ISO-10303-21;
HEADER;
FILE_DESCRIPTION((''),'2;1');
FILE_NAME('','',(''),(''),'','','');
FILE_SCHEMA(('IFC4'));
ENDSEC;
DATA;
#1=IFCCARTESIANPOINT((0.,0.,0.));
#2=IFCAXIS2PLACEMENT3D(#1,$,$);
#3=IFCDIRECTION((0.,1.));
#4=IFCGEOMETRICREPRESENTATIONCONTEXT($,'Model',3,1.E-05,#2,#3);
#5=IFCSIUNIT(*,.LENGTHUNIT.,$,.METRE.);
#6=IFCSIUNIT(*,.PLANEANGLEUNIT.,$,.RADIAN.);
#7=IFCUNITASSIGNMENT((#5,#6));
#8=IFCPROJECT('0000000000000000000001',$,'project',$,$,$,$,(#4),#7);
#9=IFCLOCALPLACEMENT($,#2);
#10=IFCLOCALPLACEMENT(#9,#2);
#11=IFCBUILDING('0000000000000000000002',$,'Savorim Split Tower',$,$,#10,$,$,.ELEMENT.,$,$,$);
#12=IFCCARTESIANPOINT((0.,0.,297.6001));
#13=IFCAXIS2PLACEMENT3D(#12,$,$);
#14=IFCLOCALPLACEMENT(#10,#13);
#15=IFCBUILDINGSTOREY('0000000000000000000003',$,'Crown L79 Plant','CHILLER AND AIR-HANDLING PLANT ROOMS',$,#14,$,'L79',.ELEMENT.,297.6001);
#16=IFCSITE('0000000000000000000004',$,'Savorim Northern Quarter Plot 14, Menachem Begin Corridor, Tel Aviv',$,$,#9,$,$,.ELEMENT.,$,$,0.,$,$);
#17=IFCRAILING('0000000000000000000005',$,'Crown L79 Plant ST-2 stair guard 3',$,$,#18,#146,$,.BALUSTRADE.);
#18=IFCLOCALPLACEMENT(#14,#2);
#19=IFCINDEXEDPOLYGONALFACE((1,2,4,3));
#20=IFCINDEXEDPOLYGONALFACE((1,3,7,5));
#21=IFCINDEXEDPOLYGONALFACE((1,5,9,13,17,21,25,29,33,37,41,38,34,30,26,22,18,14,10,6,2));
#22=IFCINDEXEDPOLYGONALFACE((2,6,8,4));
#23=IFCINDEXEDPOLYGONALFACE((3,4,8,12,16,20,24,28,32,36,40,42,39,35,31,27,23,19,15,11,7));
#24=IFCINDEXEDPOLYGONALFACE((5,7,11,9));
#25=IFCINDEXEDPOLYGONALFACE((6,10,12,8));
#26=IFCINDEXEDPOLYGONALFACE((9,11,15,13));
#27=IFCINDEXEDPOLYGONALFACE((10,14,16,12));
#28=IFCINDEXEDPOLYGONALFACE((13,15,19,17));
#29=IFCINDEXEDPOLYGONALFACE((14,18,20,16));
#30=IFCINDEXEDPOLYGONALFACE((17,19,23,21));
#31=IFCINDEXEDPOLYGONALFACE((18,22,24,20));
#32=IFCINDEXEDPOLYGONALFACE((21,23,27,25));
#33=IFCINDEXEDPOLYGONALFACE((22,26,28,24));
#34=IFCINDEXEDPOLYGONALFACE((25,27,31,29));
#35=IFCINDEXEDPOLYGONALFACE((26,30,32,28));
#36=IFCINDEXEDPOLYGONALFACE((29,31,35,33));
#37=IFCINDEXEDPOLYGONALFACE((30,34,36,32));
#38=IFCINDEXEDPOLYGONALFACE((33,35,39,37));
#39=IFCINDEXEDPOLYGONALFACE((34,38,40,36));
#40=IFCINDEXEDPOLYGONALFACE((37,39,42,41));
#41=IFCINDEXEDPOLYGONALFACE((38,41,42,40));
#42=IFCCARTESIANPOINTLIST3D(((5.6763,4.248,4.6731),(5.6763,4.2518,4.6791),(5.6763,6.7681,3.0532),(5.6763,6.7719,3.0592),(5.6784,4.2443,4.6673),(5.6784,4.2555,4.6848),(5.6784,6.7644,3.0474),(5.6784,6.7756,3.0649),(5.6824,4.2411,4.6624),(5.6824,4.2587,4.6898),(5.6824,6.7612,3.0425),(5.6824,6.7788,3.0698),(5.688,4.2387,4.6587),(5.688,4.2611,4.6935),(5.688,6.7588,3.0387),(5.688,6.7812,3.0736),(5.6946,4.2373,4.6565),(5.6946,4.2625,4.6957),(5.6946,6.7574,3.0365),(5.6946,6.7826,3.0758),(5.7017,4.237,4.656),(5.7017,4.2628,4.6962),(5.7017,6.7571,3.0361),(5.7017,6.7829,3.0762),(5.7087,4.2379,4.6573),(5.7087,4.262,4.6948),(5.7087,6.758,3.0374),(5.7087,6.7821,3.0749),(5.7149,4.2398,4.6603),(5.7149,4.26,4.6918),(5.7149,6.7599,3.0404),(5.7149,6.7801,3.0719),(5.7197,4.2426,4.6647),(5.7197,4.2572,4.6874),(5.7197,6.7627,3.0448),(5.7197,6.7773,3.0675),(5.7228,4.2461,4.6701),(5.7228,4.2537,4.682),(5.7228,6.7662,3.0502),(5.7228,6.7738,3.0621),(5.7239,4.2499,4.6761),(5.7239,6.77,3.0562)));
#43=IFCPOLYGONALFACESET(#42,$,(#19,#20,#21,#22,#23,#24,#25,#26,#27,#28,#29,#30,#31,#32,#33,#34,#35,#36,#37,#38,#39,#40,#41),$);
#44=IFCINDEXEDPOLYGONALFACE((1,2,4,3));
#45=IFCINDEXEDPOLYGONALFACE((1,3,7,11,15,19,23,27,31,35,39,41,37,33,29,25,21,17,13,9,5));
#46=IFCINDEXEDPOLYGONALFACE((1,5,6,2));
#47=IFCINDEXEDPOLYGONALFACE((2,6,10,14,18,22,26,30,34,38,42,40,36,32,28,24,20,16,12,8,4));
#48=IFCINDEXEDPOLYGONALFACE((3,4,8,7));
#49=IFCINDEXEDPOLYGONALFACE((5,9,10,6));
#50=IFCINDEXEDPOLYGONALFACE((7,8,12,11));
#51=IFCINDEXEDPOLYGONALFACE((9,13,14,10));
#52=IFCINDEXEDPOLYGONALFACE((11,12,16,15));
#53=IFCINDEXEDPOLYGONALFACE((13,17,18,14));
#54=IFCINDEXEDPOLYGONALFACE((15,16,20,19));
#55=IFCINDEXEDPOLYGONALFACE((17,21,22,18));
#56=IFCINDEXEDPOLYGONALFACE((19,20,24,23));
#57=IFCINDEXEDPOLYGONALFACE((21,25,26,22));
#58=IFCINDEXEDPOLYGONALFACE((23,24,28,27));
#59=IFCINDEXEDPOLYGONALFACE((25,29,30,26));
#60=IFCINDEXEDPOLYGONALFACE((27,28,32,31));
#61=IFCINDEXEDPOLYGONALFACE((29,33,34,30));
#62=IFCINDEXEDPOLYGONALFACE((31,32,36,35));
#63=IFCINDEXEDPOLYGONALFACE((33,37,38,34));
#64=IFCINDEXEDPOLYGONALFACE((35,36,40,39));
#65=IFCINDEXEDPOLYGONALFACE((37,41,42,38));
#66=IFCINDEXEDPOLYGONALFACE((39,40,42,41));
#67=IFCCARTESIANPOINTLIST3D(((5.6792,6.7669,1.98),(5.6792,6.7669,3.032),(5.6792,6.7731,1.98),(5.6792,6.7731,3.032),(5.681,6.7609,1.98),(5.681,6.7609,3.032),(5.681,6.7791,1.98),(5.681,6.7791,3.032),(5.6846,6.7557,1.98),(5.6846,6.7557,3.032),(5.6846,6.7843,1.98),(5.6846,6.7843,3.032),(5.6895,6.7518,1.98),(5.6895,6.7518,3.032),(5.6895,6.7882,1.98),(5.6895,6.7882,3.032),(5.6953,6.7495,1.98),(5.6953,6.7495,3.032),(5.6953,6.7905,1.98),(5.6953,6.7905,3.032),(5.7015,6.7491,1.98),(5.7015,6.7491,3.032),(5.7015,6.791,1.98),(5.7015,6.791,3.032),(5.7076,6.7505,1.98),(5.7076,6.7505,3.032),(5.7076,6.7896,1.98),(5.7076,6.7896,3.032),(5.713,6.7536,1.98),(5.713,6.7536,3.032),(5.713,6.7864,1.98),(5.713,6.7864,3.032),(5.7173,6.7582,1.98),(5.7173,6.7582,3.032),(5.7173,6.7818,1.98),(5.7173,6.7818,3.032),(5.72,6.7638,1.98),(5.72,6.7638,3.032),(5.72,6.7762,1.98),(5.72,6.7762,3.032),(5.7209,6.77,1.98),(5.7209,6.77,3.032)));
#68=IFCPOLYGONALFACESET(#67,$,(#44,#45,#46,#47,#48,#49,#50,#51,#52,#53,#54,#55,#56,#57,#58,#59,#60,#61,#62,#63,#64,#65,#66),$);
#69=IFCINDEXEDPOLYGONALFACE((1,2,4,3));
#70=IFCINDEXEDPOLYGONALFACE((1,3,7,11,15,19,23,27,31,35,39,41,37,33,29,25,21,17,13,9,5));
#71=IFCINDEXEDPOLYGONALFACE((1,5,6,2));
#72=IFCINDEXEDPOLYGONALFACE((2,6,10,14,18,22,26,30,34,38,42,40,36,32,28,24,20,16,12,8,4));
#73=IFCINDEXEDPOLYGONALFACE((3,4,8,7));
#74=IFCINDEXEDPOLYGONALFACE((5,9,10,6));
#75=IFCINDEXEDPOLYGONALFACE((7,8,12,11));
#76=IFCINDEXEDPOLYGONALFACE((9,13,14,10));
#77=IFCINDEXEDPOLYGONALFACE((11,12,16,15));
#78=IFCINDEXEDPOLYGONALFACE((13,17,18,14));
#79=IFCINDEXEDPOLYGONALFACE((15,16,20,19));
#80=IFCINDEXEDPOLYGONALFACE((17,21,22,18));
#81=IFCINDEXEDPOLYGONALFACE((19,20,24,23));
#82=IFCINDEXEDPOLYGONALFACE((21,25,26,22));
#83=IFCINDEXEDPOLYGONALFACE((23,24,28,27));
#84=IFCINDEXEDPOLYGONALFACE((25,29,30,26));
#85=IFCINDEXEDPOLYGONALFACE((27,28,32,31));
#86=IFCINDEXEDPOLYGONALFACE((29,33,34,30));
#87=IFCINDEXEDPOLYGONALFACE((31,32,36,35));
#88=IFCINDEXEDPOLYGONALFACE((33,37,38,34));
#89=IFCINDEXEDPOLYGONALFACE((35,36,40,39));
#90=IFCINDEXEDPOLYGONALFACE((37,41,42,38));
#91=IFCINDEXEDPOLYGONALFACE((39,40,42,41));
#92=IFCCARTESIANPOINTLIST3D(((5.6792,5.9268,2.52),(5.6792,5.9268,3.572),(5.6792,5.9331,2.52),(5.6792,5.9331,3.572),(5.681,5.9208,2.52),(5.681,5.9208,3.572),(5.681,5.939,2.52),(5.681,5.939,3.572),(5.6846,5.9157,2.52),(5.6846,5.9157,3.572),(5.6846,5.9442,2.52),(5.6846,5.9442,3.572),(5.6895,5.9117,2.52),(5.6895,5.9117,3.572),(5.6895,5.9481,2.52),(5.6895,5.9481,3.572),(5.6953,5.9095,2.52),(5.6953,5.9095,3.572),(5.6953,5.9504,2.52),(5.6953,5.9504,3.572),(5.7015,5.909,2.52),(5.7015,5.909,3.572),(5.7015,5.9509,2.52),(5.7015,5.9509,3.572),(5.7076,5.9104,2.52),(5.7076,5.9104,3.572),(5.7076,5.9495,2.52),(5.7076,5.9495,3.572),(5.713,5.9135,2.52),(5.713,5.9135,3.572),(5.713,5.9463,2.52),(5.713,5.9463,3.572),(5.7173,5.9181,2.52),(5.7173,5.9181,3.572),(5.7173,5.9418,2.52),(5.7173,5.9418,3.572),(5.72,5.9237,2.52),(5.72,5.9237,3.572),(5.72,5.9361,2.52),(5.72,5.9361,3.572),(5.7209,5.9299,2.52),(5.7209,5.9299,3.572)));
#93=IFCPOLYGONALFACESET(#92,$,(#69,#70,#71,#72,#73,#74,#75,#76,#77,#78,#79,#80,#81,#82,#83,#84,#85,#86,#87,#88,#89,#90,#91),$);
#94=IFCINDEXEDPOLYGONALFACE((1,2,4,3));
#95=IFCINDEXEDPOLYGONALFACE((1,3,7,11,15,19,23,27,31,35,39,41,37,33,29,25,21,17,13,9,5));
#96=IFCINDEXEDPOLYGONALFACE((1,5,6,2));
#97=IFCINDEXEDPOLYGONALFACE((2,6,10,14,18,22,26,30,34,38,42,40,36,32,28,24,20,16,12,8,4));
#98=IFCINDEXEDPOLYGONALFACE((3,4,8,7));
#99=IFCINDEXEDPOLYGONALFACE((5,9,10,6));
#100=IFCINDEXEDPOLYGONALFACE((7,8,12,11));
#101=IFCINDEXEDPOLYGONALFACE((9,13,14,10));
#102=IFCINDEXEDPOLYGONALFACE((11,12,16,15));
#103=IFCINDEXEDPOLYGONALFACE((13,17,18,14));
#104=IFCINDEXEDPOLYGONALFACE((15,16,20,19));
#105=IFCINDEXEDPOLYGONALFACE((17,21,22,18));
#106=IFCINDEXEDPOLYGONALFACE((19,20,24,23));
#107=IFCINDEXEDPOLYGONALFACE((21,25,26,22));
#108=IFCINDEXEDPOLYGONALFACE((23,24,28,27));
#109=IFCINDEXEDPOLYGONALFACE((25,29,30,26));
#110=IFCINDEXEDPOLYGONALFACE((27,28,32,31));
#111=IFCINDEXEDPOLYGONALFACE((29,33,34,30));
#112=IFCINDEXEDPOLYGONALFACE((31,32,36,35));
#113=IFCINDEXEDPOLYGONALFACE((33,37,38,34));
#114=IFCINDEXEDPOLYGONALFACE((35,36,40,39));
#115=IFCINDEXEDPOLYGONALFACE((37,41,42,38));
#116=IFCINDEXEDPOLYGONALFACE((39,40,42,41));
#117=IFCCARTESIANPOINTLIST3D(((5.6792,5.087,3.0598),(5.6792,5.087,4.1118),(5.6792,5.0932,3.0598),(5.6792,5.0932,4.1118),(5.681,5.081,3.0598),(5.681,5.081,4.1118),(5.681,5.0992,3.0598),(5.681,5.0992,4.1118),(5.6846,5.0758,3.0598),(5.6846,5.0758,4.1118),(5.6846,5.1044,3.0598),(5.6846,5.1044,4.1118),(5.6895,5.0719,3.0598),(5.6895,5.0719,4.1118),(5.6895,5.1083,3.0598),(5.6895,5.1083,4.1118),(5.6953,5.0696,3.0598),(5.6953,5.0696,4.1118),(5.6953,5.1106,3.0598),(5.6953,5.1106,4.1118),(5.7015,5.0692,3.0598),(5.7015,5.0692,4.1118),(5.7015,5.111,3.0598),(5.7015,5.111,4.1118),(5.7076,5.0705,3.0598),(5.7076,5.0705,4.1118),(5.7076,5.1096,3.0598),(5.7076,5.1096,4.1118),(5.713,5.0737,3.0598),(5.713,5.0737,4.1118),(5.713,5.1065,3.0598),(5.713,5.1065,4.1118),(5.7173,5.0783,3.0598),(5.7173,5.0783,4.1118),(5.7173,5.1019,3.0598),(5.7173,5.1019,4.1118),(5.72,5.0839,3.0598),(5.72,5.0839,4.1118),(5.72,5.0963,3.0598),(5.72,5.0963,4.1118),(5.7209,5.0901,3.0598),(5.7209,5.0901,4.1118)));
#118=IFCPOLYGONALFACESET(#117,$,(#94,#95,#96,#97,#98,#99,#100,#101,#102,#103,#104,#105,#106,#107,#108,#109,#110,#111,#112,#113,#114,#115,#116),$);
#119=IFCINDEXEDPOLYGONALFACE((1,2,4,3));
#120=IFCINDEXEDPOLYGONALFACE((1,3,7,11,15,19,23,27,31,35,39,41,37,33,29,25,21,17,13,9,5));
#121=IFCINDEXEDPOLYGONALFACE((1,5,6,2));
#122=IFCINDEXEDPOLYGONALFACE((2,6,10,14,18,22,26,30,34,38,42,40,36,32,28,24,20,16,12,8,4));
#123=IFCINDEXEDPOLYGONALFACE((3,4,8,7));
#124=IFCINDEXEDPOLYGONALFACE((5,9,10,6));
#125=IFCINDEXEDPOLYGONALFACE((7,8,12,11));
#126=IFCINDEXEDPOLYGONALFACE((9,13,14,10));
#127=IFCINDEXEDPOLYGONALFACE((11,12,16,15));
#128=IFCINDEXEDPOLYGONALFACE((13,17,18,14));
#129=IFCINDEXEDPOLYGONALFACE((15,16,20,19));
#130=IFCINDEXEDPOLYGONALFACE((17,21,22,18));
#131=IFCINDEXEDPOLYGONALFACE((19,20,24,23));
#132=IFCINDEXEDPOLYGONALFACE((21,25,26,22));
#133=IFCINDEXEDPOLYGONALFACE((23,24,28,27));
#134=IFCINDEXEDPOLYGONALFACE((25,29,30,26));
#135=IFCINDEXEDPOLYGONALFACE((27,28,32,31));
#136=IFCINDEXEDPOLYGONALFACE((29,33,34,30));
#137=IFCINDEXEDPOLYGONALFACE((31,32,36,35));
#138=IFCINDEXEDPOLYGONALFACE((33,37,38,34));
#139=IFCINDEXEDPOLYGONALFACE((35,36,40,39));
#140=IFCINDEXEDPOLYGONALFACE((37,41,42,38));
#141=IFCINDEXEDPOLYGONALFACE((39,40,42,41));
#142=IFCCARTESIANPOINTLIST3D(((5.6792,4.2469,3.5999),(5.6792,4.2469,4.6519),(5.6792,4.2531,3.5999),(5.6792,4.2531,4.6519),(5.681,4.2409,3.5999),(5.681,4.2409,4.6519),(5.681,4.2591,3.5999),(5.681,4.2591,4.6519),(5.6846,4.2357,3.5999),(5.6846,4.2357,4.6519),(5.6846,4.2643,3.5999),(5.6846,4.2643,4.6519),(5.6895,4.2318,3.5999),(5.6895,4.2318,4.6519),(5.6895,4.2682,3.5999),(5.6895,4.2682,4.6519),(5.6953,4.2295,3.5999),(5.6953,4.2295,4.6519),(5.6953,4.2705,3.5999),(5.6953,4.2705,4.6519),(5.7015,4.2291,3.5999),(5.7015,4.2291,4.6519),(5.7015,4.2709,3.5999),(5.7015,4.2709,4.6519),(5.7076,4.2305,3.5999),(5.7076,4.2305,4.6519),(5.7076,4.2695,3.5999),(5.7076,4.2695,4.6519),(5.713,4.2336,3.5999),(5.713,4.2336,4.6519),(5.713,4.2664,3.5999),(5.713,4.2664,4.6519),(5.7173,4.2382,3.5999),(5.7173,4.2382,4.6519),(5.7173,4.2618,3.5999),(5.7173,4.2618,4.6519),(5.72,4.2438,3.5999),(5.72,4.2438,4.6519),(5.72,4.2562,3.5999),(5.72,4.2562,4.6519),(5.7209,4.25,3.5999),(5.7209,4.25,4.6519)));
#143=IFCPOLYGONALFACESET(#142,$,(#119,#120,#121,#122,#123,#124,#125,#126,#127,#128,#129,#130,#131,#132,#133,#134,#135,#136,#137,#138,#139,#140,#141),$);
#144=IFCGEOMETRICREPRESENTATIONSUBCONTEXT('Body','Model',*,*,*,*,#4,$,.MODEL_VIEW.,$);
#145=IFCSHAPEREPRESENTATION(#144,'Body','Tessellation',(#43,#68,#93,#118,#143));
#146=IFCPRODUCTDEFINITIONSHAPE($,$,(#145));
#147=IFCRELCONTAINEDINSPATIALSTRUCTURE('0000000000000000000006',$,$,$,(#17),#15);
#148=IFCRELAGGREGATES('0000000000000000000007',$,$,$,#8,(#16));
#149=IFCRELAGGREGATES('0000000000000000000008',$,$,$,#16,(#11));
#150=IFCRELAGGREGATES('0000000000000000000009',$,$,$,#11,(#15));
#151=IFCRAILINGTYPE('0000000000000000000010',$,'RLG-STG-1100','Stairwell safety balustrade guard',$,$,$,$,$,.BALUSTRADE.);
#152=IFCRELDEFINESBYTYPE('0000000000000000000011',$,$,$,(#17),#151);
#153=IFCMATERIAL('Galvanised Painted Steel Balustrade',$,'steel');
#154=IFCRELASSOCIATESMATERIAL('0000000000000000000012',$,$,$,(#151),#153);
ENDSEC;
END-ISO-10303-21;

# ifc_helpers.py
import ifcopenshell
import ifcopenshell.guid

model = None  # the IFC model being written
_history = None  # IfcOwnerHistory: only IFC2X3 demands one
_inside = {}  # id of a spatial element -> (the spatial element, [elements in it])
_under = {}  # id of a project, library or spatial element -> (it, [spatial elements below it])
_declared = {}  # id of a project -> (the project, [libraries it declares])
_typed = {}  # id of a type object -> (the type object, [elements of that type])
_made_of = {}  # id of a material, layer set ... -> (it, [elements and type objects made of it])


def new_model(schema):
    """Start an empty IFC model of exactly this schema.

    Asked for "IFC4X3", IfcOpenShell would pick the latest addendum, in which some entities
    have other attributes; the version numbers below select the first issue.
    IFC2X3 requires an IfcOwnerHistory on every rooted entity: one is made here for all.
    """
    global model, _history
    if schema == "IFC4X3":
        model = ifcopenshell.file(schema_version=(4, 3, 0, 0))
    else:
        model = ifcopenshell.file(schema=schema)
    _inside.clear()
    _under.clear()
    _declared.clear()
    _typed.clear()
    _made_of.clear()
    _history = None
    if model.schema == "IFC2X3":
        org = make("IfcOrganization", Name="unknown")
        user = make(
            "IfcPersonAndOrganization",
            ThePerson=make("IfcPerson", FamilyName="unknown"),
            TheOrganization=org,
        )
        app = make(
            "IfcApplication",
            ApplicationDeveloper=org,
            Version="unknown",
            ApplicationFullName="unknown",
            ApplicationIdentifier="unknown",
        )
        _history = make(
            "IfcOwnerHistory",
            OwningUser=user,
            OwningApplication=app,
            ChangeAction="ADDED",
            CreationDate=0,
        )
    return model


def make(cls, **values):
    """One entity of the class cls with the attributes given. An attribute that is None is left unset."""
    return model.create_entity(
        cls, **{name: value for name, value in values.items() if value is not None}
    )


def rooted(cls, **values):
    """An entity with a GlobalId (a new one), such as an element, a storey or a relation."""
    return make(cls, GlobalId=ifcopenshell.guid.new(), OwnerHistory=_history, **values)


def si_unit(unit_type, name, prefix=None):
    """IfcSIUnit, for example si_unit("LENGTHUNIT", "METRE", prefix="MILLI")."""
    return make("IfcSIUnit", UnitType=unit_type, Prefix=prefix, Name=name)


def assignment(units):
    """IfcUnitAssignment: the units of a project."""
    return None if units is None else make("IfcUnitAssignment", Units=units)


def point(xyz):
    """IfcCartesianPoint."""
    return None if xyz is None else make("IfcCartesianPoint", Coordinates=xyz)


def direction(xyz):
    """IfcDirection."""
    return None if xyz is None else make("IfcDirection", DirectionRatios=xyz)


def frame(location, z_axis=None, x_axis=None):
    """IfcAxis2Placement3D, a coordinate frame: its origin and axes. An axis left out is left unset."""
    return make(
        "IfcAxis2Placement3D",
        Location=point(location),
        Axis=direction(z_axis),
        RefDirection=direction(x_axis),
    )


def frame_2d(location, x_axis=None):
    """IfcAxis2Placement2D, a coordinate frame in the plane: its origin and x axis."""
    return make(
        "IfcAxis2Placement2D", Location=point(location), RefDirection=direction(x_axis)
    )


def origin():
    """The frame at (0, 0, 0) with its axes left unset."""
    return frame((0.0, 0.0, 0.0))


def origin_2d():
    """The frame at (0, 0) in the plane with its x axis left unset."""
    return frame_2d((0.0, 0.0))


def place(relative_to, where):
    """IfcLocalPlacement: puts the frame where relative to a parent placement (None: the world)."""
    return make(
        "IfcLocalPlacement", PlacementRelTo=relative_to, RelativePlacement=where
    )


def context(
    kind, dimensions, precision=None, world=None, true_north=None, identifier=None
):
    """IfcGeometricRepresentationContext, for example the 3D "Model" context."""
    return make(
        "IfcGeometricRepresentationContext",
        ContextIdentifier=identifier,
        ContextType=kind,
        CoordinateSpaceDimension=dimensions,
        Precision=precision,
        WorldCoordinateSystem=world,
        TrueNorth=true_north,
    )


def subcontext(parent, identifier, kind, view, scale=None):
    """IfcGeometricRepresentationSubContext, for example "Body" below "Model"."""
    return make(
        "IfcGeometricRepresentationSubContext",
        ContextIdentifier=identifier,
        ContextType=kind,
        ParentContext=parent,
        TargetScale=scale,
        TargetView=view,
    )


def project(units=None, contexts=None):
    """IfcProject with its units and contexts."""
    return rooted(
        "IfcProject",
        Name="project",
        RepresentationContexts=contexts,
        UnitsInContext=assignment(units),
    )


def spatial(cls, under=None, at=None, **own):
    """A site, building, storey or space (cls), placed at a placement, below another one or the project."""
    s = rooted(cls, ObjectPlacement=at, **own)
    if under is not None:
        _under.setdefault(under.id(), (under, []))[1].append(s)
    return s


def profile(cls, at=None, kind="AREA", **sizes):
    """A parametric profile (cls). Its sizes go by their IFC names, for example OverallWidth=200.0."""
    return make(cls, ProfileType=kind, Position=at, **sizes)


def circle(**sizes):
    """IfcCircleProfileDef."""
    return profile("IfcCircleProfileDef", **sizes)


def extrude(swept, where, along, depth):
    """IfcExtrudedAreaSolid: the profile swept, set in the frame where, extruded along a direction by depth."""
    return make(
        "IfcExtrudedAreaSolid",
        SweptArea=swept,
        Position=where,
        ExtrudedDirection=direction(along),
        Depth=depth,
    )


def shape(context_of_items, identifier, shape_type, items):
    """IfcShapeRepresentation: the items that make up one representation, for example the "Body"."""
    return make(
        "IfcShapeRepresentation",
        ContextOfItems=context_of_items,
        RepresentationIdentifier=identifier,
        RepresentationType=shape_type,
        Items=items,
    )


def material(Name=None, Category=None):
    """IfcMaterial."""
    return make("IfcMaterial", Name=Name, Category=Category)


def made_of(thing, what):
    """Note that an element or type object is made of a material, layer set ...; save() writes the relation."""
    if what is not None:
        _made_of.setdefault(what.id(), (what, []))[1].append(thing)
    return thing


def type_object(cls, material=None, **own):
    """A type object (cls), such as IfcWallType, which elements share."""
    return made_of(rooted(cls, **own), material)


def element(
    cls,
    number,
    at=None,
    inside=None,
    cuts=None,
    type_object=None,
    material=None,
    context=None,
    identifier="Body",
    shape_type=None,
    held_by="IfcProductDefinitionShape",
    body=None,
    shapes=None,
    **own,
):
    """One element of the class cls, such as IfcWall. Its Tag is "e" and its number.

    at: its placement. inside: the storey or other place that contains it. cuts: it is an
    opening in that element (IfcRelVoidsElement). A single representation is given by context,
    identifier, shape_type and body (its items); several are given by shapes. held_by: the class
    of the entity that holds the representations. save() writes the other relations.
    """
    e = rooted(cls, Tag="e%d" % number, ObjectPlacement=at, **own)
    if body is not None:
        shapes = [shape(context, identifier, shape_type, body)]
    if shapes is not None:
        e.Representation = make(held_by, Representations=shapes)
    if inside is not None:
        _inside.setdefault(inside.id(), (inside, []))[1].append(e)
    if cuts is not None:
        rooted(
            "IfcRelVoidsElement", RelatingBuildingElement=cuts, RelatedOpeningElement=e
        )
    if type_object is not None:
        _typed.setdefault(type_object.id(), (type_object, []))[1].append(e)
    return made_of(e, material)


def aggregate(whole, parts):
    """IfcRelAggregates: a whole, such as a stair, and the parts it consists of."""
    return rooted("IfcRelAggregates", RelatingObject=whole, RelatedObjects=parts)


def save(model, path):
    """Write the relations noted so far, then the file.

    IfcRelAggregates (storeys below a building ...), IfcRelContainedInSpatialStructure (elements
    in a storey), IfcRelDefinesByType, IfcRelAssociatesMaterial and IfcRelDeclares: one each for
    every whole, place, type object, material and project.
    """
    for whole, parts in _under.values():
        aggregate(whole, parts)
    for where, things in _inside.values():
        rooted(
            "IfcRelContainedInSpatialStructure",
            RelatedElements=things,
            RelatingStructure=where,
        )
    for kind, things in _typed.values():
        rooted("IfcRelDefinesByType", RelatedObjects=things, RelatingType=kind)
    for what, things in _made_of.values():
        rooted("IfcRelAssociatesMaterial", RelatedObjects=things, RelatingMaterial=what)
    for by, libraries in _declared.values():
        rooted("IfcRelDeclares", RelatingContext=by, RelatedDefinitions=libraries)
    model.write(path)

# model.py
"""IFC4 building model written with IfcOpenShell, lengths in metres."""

from ifc_helpers import new_model, si_unit, direction, frame, origin, origin_2d, place, context, subcontext, project, spatial, circle, extrude, material, type_object, element, save


model = new_model("IFC4")

# Units and contexts
model_context = context("Model", 3, precision=1e-05, world=origin(), true_north=direction((0.0, 1.0)))
body_context = subcontext(model_context, "Body", "Model", "MODEL_VIEW")
ifc_project = project(units=[si_unit("LENGTHUNIT", "METRE"), si_unit("PLANEANGLEUNIT", "RADIAN")], contexts=[model_context])

# Site, building, storey
site_placement = place(None, origin())
site = spatial("IfcSite", under=ifc_project, at=site_placement, Name="Savorim Northern Quarter Plot 14, Menachem Begin Corridor, Tel Aviv", CompositionType="ELEMENT", RefElevation=0.0)
building_placement = place(site_placement, origin())
building = spatial("IfcBuilding", under=site, at=building_placement, Name="Savorim Split Tower", CompositionType="ELEMENT")
storey_placement = place(building_placement, frame((0.0, 0.0, 297.6001)))
storey = spatial("IfcBuildingStorey", under=building, at=storey_placement, Name="Crown L79 Plant", Description="CHILLER AND AIR-HANDLING PLANT ROOMS", LongName="L79", CompositionType="ELEMENT", Elevation=297.6001)

# Railing
ifc_material_1 = material(Name="Galvanised Painted Steel Balustrade", Category="steel")
railing_type_1 = type_object("IfcRailingType", Name="RLG-STG-1100", Description="Stairwell safety balustrade guard", PredefinedType="BALUSTRADE", material=ifc_material_1)
railing_1_placement = place(storey_placement, frame((5.7, 6.77, 1.98)))
element("IfcRailing", 1, at=railing_1_placement, inside=storey, type_object=railing_type_1, Name="Crown L79 Plant ST-2 stair guard 3", PredefinedType="BALUSTRADE", context=body_context, shape_type="SweptSolid", body=[
    extrude(circle(Radius=0.0239, at=origin_2d()), frame((0.0, 0.0, 1.0762), z_axis=(0.0, -0.8412, 0.540725), x_axis=(1.0, 0.0, 0.0)), (0.0, 0.0, 1.0), 2.9958),
    extrude(circle(Radius=0.021, at=origin_2d()), origin(), (0.0, 0.0, 1.0), 1.052),
    extrude(circle(Radius=0.021, at=origin_2d()), frame((0.0, -0.8401, 0.54)), (0.0, 0.0, 1.0), 1.052),
    extrude(circle(Radius=0.021, at=origin_2d()), frame((0.0, -1.6799, 1.0798)), (0.0, 0.0, 1.0), 1.052),
    extrude(circle(Radius=0.021, at=origin_2d()), frame((0.0, -2.52, 1.6199)), (0.0, 0.0, 1.0), 1.052),
])

save(model, "model.ifc")
